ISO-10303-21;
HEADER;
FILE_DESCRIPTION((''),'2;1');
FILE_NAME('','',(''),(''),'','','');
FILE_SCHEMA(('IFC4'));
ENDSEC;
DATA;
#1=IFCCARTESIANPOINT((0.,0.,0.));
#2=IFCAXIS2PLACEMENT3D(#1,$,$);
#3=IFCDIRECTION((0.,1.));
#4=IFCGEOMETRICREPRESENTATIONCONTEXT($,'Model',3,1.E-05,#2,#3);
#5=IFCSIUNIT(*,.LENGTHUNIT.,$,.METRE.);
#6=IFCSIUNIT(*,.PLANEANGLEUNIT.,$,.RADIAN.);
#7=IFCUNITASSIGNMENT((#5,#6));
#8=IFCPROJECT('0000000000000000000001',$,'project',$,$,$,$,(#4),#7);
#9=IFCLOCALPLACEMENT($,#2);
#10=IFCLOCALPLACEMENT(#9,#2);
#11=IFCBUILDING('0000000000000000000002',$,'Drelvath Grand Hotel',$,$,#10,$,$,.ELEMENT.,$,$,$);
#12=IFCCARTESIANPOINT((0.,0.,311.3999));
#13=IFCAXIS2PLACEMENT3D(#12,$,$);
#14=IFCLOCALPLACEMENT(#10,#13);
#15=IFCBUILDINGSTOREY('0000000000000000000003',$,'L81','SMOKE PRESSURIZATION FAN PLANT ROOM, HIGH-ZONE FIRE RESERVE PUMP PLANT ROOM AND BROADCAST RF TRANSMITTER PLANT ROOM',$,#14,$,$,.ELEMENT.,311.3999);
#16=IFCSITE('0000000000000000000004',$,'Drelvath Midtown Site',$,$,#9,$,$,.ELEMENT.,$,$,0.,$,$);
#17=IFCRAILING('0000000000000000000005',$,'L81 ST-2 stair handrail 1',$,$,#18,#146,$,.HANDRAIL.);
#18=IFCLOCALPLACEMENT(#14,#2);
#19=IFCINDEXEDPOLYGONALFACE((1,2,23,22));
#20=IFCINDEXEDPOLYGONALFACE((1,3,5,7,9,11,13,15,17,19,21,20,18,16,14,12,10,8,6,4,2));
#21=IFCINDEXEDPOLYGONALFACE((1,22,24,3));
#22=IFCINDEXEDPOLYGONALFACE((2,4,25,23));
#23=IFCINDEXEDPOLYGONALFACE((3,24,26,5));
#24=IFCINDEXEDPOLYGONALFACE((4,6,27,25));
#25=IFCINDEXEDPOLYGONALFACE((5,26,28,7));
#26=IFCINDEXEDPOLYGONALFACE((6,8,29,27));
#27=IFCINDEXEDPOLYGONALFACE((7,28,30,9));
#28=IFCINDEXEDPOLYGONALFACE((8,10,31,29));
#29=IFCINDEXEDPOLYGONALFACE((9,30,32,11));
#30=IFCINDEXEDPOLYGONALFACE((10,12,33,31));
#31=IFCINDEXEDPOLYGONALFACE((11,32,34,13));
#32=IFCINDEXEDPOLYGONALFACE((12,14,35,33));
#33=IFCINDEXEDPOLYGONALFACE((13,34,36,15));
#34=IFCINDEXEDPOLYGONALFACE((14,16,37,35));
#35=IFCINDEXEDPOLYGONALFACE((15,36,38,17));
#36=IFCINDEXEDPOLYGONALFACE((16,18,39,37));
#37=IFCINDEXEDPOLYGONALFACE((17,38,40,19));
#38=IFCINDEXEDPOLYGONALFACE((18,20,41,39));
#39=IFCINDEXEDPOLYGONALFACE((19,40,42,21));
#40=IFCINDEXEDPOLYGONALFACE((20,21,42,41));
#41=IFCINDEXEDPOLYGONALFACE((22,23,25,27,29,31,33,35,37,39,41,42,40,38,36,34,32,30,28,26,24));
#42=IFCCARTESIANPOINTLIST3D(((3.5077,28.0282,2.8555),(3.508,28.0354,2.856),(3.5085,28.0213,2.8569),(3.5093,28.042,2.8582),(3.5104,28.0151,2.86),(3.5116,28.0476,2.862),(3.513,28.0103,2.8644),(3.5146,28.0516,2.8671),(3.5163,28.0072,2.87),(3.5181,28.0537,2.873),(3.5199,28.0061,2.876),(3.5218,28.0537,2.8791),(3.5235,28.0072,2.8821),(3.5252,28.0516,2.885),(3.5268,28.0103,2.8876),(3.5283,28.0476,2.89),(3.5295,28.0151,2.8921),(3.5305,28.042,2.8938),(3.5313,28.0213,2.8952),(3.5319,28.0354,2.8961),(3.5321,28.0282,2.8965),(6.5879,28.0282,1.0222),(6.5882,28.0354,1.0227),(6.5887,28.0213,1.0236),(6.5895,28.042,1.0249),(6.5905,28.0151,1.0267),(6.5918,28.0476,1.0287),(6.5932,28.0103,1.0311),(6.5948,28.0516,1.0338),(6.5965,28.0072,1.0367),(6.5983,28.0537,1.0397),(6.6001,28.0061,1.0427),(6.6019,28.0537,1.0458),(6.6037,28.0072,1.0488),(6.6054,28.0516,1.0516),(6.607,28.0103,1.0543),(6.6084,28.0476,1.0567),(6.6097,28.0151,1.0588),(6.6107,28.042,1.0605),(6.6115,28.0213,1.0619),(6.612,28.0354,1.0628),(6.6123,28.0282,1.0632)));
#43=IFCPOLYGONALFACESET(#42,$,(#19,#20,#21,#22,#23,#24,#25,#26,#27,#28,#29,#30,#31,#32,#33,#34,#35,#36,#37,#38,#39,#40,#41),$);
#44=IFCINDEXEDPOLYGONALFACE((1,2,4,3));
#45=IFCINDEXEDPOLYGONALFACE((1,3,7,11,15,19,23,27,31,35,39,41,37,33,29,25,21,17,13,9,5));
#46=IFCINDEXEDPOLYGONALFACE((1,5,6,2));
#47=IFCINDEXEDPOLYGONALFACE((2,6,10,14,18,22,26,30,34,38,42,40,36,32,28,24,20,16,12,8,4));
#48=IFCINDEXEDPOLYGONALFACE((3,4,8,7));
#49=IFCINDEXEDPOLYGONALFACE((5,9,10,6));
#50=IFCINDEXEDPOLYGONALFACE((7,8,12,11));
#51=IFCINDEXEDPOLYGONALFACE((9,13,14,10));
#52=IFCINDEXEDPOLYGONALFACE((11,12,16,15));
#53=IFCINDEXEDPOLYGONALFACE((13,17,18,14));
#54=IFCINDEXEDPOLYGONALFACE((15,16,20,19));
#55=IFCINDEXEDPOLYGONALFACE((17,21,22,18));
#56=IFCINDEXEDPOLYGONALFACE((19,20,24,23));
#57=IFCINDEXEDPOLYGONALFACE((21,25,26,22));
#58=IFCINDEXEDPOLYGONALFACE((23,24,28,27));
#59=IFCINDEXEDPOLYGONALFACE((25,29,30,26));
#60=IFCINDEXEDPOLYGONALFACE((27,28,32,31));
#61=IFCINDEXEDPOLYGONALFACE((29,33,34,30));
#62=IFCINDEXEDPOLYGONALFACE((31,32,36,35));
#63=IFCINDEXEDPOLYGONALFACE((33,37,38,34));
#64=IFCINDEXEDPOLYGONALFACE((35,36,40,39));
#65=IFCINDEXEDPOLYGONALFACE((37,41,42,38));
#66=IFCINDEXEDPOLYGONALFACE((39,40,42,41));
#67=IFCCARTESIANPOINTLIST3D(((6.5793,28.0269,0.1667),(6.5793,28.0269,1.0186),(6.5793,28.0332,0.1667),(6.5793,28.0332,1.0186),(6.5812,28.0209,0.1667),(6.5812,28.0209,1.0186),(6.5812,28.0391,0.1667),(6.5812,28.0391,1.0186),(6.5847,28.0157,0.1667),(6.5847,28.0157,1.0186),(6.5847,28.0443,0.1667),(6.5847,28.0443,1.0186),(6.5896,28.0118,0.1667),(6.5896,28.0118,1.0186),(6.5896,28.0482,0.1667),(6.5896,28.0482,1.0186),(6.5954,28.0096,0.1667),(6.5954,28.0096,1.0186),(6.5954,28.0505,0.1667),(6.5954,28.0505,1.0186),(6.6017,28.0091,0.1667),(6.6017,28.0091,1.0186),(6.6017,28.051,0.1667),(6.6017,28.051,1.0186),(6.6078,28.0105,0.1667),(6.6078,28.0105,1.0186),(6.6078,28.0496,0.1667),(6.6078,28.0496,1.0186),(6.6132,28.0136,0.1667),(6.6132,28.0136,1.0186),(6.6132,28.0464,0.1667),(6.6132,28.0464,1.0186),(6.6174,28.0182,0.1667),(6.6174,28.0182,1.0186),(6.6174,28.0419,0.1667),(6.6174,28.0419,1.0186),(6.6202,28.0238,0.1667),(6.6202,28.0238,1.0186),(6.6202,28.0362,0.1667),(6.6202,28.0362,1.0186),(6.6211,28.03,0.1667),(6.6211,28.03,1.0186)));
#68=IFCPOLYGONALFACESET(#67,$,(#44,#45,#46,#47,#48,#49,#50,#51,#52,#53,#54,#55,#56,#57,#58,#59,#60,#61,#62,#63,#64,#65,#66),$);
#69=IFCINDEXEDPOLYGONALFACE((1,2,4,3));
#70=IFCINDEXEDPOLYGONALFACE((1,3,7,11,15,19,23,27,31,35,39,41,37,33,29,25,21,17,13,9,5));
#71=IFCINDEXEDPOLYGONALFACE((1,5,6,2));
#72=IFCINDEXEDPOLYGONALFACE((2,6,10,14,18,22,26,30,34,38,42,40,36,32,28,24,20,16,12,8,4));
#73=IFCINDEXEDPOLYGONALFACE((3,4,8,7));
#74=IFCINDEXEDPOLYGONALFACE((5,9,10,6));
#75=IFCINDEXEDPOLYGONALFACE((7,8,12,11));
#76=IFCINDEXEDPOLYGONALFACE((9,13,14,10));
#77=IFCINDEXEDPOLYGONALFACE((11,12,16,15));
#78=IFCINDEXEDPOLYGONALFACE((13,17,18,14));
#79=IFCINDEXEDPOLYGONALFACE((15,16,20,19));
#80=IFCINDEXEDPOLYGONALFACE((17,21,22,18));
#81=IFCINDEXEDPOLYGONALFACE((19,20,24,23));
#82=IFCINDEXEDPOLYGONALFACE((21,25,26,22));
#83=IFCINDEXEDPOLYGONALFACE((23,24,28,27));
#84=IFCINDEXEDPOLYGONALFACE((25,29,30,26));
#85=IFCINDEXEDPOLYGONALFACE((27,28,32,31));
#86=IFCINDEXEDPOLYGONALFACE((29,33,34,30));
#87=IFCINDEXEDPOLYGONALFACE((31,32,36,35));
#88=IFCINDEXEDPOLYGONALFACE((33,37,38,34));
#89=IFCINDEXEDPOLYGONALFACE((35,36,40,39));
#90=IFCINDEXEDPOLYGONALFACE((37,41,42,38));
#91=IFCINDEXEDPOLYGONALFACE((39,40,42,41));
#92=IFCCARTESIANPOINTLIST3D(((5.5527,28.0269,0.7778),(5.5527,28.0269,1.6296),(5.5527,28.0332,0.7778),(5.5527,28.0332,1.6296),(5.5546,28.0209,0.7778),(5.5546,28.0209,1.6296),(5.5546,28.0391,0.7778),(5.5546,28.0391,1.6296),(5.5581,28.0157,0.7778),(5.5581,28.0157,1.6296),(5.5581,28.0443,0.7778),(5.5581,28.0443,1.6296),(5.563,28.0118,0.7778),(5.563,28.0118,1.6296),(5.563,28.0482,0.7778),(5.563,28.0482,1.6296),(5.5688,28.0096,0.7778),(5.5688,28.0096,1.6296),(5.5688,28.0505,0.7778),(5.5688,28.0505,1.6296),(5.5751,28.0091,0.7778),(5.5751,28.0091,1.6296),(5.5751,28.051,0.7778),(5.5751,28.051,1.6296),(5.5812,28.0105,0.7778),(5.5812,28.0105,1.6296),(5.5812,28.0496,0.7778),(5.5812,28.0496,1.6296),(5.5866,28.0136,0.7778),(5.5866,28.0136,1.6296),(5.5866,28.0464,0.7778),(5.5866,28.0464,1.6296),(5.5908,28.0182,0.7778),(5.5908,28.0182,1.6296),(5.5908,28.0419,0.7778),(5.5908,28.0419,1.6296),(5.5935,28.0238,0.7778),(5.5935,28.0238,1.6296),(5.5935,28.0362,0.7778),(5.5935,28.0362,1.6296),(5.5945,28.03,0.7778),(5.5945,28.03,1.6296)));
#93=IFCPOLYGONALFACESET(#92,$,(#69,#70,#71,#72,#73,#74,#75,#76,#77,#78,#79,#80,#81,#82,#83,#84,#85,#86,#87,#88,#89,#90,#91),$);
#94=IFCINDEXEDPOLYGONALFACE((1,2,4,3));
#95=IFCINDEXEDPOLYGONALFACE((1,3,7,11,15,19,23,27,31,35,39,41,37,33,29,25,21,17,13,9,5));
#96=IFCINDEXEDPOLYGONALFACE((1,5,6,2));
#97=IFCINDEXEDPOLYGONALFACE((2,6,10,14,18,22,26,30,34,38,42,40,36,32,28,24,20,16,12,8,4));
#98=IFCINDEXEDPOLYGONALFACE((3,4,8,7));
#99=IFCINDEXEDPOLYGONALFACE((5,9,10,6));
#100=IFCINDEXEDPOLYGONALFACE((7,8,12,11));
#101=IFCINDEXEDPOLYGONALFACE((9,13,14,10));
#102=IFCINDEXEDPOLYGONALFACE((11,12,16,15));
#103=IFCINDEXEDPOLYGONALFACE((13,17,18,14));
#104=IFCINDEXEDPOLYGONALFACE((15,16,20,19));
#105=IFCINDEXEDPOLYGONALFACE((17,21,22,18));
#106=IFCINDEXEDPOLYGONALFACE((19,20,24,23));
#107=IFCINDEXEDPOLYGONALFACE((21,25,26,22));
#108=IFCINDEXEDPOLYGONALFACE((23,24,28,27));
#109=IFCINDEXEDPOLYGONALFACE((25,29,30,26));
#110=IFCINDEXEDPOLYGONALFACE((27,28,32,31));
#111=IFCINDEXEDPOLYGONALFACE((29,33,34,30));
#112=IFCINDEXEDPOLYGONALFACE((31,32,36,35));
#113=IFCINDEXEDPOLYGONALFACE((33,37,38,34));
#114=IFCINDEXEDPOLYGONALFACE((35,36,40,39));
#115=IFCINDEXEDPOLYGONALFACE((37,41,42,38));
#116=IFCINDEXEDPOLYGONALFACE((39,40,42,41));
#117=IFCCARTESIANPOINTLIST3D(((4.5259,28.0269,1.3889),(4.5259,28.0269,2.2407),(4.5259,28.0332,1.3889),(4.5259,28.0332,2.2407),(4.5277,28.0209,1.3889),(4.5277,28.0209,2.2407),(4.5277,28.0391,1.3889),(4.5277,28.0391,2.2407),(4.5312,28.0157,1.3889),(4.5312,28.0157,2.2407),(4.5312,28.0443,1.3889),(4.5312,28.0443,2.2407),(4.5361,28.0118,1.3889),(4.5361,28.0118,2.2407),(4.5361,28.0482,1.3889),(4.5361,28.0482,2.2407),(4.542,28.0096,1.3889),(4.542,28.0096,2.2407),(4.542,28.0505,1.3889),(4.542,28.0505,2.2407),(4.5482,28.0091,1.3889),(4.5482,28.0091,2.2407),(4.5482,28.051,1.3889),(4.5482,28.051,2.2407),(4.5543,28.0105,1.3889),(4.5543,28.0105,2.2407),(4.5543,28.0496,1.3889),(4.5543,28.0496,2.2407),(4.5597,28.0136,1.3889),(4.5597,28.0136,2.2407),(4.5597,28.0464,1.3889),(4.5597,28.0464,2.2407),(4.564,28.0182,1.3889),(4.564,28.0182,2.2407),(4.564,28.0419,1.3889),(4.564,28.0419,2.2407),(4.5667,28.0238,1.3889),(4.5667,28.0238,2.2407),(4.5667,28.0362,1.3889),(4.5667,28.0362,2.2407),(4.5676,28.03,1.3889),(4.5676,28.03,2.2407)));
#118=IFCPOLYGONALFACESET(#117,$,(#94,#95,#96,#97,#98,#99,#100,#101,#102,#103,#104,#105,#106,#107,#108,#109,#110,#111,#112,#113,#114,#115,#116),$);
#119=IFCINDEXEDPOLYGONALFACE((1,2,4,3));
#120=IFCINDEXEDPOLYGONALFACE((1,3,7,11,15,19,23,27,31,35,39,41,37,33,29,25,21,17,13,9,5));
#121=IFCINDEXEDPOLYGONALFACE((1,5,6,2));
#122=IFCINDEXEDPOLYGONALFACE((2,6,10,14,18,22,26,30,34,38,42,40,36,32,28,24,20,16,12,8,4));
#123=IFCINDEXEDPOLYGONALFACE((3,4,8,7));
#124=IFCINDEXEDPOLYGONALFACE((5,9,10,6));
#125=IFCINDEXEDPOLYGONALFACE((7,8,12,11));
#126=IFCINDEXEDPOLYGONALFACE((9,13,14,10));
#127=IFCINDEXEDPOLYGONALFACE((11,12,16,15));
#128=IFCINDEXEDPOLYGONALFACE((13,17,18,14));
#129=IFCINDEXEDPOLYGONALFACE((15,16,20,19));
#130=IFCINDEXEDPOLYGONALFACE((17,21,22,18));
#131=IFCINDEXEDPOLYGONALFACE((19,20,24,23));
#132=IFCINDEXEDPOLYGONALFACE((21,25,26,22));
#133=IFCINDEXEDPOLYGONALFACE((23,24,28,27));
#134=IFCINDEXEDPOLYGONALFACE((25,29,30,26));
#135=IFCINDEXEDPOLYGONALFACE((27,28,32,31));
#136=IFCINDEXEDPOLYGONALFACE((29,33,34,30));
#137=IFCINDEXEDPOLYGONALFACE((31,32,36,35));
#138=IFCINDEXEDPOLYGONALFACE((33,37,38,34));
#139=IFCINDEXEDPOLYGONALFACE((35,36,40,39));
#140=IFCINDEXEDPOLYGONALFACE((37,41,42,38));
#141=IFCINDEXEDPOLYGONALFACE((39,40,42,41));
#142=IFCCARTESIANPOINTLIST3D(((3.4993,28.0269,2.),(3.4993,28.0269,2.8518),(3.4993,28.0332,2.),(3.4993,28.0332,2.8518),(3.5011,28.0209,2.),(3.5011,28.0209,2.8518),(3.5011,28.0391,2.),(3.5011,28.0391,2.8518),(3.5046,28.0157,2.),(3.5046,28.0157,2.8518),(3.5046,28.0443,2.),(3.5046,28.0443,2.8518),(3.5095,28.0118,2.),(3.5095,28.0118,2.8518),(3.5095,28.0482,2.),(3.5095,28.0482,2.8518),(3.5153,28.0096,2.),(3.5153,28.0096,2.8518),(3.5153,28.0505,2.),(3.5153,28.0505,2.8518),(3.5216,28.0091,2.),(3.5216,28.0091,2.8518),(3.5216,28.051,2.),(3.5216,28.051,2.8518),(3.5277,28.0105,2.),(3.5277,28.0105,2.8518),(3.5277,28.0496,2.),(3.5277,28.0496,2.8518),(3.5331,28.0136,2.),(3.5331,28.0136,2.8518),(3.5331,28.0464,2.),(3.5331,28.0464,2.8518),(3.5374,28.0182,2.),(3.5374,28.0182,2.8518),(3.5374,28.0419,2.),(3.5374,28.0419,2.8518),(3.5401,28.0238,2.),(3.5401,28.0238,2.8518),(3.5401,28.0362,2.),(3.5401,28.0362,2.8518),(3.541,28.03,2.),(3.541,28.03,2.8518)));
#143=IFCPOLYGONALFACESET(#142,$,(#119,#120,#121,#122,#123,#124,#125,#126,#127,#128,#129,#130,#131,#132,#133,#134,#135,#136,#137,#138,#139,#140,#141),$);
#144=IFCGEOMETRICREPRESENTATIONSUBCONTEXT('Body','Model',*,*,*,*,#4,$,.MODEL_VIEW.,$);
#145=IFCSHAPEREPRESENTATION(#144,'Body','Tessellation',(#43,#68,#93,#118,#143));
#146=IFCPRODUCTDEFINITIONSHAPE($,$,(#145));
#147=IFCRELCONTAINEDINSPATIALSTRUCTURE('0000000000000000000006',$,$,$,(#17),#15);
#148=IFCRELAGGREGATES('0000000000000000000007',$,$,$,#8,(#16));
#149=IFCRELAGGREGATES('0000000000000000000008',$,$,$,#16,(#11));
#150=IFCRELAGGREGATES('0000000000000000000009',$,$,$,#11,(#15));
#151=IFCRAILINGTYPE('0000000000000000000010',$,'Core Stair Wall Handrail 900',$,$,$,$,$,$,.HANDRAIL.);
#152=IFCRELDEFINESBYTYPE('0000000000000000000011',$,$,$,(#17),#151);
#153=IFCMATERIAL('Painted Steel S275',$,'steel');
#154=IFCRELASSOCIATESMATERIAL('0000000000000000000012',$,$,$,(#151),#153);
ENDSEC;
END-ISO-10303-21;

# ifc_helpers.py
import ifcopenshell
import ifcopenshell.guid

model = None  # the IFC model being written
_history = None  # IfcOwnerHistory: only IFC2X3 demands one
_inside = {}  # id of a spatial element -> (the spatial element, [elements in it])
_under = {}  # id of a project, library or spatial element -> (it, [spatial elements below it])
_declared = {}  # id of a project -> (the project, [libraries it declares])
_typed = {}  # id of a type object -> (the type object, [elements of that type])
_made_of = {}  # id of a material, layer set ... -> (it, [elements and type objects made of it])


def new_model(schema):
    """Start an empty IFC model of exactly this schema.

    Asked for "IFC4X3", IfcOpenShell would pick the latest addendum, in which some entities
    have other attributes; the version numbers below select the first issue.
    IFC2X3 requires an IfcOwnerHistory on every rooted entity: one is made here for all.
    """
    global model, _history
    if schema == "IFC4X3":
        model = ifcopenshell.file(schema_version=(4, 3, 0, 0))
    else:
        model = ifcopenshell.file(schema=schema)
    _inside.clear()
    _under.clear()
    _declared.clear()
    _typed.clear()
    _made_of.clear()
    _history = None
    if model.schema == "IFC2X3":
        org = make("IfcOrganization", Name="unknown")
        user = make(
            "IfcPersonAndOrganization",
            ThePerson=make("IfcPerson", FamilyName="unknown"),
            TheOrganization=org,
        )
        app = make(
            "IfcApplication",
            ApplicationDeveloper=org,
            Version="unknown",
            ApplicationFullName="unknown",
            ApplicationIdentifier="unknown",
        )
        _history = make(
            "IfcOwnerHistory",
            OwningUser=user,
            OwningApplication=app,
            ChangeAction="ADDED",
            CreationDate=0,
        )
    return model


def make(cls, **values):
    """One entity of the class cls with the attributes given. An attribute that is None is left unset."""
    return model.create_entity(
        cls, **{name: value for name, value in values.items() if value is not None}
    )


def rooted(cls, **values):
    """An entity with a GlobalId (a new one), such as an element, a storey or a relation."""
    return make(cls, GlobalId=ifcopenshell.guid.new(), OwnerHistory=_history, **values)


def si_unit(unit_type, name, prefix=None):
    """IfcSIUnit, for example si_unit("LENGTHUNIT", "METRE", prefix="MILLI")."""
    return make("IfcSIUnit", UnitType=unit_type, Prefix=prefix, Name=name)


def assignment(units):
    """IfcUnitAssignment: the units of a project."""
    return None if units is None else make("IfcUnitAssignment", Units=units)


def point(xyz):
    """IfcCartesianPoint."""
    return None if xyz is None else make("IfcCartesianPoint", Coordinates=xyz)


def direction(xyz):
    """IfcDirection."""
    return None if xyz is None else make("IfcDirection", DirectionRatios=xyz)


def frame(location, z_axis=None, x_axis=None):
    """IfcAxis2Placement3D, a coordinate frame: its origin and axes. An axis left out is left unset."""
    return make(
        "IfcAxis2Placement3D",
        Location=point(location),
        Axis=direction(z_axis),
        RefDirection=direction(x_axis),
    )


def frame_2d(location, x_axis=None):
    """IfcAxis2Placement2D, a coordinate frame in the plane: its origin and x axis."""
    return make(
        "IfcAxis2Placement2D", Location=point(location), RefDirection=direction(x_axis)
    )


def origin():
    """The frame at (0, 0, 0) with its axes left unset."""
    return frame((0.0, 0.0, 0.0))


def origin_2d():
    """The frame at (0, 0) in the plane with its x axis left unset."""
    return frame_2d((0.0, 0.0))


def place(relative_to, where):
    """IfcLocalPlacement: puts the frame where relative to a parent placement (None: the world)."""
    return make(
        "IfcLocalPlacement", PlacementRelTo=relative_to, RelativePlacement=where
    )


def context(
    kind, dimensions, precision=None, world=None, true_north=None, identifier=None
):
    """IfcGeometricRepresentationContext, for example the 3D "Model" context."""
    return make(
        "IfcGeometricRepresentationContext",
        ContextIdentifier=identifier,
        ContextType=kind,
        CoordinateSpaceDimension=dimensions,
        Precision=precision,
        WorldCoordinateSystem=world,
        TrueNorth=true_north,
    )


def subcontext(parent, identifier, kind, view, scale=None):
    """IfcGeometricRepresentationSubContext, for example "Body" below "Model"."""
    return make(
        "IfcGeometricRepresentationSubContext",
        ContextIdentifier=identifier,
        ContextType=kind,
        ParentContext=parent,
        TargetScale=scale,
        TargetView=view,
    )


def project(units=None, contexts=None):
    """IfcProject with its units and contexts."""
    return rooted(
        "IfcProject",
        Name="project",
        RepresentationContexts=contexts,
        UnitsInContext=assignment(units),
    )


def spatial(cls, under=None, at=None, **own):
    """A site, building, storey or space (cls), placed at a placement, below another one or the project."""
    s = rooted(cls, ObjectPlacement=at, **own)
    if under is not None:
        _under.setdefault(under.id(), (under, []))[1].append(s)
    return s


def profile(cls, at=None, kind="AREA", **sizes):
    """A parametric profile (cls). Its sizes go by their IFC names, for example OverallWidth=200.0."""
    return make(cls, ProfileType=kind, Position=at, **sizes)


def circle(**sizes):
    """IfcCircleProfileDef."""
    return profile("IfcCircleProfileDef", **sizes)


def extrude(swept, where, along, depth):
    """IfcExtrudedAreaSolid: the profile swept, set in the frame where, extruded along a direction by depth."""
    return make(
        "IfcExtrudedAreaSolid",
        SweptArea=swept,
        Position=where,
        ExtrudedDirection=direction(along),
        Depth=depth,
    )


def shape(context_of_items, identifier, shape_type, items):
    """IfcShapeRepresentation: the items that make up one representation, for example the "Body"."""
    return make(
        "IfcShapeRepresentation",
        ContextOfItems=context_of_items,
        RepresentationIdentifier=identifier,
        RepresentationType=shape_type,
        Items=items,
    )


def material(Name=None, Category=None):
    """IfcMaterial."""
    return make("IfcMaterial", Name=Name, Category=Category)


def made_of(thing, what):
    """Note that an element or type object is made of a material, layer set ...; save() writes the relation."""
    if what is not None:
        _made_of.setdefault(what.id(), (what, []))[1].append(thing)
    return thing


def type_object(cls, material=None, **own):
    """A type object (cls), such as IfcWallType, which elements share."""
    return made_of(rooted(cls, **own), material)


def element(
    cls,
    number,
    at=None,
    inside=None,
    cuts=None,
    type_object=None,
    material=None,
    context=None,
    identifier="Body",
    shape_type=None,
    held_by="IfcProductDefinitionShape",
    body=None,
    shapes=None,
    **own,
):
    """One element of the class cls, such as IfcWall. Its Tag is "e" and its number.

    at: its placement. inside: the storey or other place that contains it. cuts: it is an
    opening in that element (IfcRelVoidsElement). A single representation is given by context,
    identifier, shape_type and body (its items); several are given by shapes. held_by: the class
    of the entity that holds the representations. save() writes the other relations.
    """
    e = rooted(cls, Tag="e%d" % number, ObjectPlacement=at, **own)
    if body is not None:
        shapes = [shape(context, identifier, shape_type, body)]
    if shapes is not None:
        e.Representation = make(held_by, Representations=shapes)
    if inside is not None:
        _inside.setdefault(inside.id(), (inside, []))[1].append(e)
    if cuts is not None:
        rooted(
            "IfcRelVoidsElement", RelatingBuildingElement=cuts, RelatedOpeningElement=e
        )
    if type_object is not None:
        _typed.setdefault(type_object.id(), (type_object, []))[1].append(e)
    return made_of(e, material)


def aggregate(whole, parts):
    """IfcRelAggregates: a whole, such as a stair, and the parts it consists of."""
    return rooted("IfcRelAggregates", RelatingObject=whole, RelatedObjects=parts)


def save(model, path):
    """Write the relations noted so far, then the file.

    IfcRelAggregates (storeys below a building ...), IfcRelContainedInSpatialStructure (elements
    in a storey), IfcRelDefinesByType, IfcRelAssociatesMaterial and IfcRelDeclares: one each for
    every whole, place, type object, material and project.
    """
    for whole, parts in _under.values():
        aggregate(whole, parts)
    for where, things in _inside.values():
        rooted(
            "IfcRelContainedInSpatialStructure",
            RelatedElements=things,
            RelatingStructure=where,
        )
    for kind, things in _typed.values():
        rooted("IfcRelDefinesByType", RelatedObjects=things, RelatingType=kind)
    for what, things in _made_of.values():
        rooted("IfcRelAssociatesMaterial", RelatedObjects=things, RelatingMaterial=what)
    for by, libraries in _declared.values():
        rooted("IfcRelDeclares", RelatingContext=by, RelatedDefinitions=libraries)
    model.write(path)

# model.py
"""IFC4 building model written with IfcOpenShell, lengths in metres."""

from ifc_helpers import new_model, si_unit, direction, frame, origin, origin_2d, place, context, subcontext, project, spatial, circle, extrude, material, type_object, element, save


model = new_model("IFC4")

# Units and contexts
model_context = context("Model", 3, precision=1e-05, world=origin(), true_north=direction((0.0, 1.0)))
body_context = subcontext(model_context, "Body", "Model", "MODEL_VIEW")
ifc_project = project(units=[si_unit("LENGTHUNIT", "METRE"), si_unit("PLANEANGLEUNIT", "RADIAN")], contexts=[model_context])

# Site, building, storey
site_placement = place(None, origin())
site = spatial("IfcSite", under=ifc_project, at=site_placement, Name="Drelvath Midtown Site", CompositionType="ELEMENT", RefElevation=0.0)
building_placement = place(site_placement, origin())
building = spatial("IfcBuilding", under=site, at=building_placement, Name="Drelvath Grand Hotel", CompositionType="ELEMENT")
storey_placement = place(building_placement, frame((0.0, 0.0, 311.3999)))
storey = spatial("IfcBuildingStorey", under=building, at=storey_placement, Name="L81", Description="SMOKE PRESSURIZATION FAN PLANT ROOM, HIGH-ZONE FIRE RESERVE PUMP PLANT ROOM AND BROADCAST RF TRANSMITTER PLANT ROOM", CompositionType="ELEMENT", Elevation=311.3999)

# Shared definitions
ifc_material_1 = material(Name="Painted Steel S275", Category="steel")

# Railing
railing_type_1 = type_object("IfcRailingType", Name="Core Stair Wall Handrail 900", PredefinedType="HANDRAIL", material=ifc_material_1)
railing_1_placement = place(storey_placement, frame((6.6001, 28.03, 0.1667)))
element("IfcRailing", 1, at=railing_1_placement, inside=storey, type_object=railing_type_1, Name="L81 ST-2 stair handrail 1", PredefinedType="HANDRAIL", context=body_context, shape_type="SweptSolid", body=[
    extrude(circle(Radius=0.0239, at=origin_2d()), frame((0.0, 0.0, 0.876), z_axis=(-0.859309, 0.0, 0.511458), x_axis=(0.0, -1.0, 0.0)), (0.0, 0.0, 1.0), 3.5845),
    extrude(circle(Radius=0.021, at=origin_2d()), origin(), (0.0, 0.0, 1.0), 0.8518),
    extrude(circle(Radius=0.021, at=origin_2d()), frame((-1.0266, 0.0, 0.6111)), (0.0, 0.0, 1.0), 0.8518),
    extrude(circle(Radius=0.021, at=origin_2d()), frame((-2.0535, 0.0, 1.2222)), (0.0, 0.0, 1.0), 0.8518),
    extrude(circle(Radius=0.021, at=origin_2d()), frame((-3.0801, 0.0, 1.8333)), (0.0, 0.0, 1.0), 0.8518),
])

save(model, "model.ifc")
